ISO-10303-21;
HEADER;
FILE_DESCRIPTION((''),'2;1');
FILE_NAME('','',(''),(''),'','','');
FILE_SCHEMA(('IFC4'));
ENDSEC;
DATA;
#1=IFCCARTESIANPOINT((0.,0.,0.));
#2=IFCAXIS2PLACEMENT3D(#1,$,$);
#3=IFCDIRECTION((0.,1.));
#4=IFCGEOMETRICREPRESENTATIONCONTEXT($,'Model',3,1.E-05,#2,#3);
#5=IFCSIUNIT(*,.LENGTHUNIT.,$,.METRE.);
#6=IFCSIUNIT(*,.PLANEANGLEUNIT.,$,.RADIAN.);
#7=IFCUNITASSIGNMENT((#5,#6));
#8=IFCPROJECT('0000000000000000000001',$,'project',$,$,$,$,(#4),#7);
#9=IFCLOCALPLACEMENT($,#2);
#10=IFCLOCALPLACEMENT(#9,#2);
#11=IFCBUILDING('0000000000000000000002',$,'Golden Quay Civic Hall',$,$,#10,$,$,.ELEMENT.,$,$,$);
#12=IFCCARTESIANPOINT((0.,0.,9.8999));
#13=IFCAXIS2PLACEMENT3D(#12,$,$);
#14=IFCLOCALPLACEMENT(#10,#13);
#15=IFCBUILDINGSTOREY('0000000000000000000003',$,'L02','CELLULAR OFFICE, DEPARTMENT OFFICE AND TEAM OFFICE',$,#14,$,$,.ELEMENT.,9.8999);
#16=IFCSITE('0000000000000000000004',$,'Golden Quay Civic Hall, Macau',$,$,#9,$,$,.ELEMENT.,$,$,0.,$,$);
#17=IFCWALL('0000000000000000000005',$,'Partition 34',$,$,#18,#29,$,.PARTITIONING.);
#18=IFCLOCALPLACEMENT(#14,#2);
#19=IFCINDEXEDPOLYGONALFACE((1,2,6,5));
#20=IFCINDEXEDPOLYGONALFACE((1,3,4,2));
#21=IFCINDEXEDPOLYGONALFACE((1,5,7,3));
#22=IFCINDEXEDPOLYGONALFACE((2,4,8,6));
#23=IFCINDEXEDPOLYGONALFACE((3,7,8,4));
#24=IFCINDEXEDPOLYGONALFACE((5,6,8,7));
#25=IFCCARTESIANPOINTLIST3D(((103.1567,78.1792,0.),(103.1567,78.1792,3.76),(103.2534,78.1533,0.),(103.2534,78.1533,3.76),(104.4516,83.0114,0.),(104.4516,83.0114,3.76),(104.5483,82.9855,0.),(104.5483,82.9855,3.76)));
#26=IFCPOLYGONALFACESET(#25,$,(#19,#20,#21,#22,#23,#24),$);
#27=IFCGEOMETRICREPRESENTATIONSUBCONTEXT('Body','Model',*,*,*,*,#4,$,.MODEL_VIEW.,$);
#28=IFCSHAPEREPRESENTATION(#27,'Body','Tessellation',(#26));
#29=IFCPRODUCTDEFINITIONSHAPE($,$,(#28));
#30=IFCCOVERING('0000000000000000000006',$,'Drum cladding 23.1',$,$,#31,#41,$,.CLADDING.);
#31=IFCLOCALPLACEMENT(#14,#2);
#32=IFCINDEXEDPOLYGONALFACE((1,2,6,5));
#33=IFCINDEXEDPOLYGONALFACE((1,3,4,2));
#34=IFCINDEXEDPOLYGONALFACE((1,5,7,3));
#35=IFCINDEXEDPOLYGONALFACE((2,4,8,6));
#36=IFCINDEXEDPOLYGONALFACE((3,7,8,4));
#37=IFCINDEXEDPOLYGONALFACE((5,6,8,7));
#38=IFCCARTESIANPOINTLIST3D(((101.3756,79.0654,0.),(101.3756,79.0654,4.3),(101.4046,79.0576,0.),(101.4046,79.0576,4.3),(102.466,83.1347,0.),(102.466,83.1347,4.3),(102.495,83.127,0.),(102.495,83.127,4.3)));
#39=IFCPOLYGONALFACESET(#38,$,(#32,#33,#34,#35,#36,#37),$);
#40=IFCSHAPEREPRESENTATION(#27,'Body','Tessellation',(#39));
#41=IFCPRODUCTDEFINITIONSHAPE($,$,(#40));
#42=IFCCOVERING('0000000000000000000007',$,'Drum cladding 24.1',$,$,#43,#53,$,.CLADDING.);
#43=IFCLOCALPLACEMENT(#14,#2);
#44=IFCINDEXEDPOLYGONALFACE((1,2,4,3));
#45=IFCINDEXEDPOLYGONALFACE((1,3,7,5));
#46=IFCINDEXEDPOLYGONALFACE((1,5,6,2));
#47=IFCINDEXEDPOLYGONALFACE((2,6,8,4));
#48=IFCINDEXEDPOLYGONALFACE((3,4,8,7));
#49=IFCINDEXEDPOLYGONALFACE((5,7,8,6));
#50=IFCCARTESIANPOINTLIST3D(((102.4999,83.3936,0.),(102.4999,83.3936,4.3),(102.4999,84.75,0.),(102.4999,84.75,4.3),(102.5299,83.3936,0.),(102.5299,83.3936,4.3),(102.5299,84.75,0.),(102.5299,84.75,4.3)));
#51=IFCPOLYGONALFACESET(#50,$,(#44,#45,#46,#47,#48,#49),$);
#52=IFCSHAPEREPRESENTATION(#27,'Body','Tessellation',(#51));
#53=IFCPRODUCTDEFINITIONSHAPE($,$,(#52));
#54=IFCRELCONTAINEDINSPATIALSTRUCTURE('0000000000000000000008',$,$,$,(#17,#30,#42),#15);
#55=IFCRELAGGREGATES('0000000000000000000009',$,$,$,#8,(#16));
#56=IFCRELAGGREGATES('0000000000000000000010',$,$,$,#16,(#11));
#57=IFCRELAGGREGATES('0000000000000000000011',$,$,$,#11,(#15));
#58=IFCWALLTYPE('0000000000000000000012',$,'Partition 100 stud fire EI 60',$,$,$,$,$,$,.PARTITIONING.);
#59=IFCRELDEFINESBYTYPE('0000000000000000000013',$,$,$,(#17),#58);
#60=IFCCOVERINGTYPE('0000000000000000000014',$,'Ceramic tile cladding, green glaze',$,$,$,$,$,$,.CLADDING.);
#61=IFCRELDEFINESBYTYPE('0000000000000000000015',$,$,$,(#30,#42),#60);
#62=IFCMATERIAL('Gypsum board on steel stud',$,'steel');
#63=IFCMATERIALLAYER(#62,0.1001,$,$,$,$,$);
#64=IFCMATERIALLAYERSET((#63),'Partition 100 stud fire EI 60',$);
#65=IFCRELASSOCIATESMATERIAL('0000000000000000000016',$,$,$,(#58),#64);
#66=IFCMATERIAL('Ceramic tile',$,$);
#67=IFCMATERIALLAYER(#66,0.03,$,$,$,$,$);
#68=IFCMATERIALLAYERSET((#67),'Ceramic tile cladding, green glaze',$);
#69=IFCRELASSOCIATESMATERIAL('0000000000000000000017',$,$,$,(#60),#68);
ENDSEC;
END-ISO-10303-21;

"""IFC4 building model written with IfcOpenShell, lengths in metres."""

from ifc_helpers import new_model, si_unit, direction, frame, frame_2d, origin, origin_2d, place, context, subcontext, project, spatial, rectangle, extrude, material, layer, layer_set, type_object, element, save


model = new_model("IFC4")

# Units and contexts
model_context = context("Model", 3, precision=1e-05, world=origin(), true_north=direction((0.0, 1.0)))
body_context = subcontext(model_context, "Body", "Model", "MODEL_VIEW")
ifc_project = project(units=[si_unit("LENGTHUNIT", "METRE"), si_unit("PLANEANGLEUNIT", "RADIAN")], contexts=[model_context])

# Site, building, storey
site_placement = place(None, origin())
site = spatial("IfcSite", under=ifc_project, at=site_placement, Name="Golden Quay Civic Hall, Macau", CompositionType="ELEMENT", RefElevation=0.0)
building_placement = place(site_placement, origin())
building = spatial("IfcBuilding", under=site, at=building_placement, Name="Golden Quay Civic Hall", CompositionType="ELEMENT")
storey_placement = place(building_placement, frame((0.0, 0.0, 9.8999)))
storey = spatial("IfcBuildingStorey", under=building, at=storey_placement, Name="L02", Description="CELLULAR OFFICE, DEPARTMENT OFFICE AND TEAM OFFICE", CompositionType="ELEMENT", Elevation=9.8999)

# Shared definitions
ifc_material_1 = material(Name="Gypsum board on steel stud", Category="steel")
ifc_layer_1 = layer(ifc_material_1, 0.1001)
ifc_layer_set_1 = layer_set([ifc_layer_1], Name="Partition 100 stud fire EI 60")
wall_type_1 = type_object("IfcWallType", Name="Partition 100 stud fire EI 60", PredefinedType="PARTITIONING", material=ifc_layer_set_1)

# Wall
wall_1_placement = place(storey_placement, frame((104.5, 82.9985, 0.0), z_axis=(0.0, 0.0, 1.0), x_axis=(-0.258841, -0.96592, 0.0)))
element("IfcWall", 1, at=wall_1_placement, inside=storey, type_object=wall_type_1, Name="Partition 34", PredefinedType="PARTITIONING", context=body_context, shape_type="SweptSolid", body=[
    extrude(rectangle(XDim=5.0027, YDim=0.1001, at=frame_2d((2.5015, 0.0))), origin(), (0.0, 0.0, 1.0), 3.76),
])

# Coverings
ifc_material_2 = material(Name="Ceramic tile")
ifc_layer_2 = layer(ifc_material_2, 0.03)
ifc_layer_set_2 = layer_set([ifc_layer_2], Name="Ceramic tile cladding, green glaze")
covering_type = type_object("IfcCoveringType", Name="Ceramic tile cladding, green glaze", PredefinedType="CLADDING", material=ifc_layer_set_2)
covering_1_placement = place(storey_placement, frame((101.9353, 81.0962, 0.0), z_axis=(0.0, 0.0, 1.0), x_axis=(0.258819, 0.965926, 0.0)))
element("IfcCovering", 2, at=covering_1_placement, inside=storey, type_object=covering_type, Name="Drum cladding 23.1", PredefinedType="CLADDING", context=body_context, shape_type="SweptSolid", body=[
    extrude(rectangle(XDim=4.2129, YDim=0.03, at=origin_2d()), origin(), (0.0, 0.0, 1.0), 4.3),
])
covering_2_placement = place(storey_placement, frame((102.5149, 84.0718, 0.0), z_axis=(0.0, 0.0, 1.0), x_axis=(0.0, 1.0, 0.0)))
element("IfcCovering", 3, at=covering_2_placement, inside=storey, type_object=covering_type, Name="Drum cladding 24.1", PredefinedType="CLADDING", context=body_context, shape_type="SweptSolid", body=[
    extrude(rectangle(XDim=1.3564, YDim=0.03, at=origin_2d()), origin(), (0.0, 0.0, 1.0), 4.3),
])

save(model, "model.ifc")
